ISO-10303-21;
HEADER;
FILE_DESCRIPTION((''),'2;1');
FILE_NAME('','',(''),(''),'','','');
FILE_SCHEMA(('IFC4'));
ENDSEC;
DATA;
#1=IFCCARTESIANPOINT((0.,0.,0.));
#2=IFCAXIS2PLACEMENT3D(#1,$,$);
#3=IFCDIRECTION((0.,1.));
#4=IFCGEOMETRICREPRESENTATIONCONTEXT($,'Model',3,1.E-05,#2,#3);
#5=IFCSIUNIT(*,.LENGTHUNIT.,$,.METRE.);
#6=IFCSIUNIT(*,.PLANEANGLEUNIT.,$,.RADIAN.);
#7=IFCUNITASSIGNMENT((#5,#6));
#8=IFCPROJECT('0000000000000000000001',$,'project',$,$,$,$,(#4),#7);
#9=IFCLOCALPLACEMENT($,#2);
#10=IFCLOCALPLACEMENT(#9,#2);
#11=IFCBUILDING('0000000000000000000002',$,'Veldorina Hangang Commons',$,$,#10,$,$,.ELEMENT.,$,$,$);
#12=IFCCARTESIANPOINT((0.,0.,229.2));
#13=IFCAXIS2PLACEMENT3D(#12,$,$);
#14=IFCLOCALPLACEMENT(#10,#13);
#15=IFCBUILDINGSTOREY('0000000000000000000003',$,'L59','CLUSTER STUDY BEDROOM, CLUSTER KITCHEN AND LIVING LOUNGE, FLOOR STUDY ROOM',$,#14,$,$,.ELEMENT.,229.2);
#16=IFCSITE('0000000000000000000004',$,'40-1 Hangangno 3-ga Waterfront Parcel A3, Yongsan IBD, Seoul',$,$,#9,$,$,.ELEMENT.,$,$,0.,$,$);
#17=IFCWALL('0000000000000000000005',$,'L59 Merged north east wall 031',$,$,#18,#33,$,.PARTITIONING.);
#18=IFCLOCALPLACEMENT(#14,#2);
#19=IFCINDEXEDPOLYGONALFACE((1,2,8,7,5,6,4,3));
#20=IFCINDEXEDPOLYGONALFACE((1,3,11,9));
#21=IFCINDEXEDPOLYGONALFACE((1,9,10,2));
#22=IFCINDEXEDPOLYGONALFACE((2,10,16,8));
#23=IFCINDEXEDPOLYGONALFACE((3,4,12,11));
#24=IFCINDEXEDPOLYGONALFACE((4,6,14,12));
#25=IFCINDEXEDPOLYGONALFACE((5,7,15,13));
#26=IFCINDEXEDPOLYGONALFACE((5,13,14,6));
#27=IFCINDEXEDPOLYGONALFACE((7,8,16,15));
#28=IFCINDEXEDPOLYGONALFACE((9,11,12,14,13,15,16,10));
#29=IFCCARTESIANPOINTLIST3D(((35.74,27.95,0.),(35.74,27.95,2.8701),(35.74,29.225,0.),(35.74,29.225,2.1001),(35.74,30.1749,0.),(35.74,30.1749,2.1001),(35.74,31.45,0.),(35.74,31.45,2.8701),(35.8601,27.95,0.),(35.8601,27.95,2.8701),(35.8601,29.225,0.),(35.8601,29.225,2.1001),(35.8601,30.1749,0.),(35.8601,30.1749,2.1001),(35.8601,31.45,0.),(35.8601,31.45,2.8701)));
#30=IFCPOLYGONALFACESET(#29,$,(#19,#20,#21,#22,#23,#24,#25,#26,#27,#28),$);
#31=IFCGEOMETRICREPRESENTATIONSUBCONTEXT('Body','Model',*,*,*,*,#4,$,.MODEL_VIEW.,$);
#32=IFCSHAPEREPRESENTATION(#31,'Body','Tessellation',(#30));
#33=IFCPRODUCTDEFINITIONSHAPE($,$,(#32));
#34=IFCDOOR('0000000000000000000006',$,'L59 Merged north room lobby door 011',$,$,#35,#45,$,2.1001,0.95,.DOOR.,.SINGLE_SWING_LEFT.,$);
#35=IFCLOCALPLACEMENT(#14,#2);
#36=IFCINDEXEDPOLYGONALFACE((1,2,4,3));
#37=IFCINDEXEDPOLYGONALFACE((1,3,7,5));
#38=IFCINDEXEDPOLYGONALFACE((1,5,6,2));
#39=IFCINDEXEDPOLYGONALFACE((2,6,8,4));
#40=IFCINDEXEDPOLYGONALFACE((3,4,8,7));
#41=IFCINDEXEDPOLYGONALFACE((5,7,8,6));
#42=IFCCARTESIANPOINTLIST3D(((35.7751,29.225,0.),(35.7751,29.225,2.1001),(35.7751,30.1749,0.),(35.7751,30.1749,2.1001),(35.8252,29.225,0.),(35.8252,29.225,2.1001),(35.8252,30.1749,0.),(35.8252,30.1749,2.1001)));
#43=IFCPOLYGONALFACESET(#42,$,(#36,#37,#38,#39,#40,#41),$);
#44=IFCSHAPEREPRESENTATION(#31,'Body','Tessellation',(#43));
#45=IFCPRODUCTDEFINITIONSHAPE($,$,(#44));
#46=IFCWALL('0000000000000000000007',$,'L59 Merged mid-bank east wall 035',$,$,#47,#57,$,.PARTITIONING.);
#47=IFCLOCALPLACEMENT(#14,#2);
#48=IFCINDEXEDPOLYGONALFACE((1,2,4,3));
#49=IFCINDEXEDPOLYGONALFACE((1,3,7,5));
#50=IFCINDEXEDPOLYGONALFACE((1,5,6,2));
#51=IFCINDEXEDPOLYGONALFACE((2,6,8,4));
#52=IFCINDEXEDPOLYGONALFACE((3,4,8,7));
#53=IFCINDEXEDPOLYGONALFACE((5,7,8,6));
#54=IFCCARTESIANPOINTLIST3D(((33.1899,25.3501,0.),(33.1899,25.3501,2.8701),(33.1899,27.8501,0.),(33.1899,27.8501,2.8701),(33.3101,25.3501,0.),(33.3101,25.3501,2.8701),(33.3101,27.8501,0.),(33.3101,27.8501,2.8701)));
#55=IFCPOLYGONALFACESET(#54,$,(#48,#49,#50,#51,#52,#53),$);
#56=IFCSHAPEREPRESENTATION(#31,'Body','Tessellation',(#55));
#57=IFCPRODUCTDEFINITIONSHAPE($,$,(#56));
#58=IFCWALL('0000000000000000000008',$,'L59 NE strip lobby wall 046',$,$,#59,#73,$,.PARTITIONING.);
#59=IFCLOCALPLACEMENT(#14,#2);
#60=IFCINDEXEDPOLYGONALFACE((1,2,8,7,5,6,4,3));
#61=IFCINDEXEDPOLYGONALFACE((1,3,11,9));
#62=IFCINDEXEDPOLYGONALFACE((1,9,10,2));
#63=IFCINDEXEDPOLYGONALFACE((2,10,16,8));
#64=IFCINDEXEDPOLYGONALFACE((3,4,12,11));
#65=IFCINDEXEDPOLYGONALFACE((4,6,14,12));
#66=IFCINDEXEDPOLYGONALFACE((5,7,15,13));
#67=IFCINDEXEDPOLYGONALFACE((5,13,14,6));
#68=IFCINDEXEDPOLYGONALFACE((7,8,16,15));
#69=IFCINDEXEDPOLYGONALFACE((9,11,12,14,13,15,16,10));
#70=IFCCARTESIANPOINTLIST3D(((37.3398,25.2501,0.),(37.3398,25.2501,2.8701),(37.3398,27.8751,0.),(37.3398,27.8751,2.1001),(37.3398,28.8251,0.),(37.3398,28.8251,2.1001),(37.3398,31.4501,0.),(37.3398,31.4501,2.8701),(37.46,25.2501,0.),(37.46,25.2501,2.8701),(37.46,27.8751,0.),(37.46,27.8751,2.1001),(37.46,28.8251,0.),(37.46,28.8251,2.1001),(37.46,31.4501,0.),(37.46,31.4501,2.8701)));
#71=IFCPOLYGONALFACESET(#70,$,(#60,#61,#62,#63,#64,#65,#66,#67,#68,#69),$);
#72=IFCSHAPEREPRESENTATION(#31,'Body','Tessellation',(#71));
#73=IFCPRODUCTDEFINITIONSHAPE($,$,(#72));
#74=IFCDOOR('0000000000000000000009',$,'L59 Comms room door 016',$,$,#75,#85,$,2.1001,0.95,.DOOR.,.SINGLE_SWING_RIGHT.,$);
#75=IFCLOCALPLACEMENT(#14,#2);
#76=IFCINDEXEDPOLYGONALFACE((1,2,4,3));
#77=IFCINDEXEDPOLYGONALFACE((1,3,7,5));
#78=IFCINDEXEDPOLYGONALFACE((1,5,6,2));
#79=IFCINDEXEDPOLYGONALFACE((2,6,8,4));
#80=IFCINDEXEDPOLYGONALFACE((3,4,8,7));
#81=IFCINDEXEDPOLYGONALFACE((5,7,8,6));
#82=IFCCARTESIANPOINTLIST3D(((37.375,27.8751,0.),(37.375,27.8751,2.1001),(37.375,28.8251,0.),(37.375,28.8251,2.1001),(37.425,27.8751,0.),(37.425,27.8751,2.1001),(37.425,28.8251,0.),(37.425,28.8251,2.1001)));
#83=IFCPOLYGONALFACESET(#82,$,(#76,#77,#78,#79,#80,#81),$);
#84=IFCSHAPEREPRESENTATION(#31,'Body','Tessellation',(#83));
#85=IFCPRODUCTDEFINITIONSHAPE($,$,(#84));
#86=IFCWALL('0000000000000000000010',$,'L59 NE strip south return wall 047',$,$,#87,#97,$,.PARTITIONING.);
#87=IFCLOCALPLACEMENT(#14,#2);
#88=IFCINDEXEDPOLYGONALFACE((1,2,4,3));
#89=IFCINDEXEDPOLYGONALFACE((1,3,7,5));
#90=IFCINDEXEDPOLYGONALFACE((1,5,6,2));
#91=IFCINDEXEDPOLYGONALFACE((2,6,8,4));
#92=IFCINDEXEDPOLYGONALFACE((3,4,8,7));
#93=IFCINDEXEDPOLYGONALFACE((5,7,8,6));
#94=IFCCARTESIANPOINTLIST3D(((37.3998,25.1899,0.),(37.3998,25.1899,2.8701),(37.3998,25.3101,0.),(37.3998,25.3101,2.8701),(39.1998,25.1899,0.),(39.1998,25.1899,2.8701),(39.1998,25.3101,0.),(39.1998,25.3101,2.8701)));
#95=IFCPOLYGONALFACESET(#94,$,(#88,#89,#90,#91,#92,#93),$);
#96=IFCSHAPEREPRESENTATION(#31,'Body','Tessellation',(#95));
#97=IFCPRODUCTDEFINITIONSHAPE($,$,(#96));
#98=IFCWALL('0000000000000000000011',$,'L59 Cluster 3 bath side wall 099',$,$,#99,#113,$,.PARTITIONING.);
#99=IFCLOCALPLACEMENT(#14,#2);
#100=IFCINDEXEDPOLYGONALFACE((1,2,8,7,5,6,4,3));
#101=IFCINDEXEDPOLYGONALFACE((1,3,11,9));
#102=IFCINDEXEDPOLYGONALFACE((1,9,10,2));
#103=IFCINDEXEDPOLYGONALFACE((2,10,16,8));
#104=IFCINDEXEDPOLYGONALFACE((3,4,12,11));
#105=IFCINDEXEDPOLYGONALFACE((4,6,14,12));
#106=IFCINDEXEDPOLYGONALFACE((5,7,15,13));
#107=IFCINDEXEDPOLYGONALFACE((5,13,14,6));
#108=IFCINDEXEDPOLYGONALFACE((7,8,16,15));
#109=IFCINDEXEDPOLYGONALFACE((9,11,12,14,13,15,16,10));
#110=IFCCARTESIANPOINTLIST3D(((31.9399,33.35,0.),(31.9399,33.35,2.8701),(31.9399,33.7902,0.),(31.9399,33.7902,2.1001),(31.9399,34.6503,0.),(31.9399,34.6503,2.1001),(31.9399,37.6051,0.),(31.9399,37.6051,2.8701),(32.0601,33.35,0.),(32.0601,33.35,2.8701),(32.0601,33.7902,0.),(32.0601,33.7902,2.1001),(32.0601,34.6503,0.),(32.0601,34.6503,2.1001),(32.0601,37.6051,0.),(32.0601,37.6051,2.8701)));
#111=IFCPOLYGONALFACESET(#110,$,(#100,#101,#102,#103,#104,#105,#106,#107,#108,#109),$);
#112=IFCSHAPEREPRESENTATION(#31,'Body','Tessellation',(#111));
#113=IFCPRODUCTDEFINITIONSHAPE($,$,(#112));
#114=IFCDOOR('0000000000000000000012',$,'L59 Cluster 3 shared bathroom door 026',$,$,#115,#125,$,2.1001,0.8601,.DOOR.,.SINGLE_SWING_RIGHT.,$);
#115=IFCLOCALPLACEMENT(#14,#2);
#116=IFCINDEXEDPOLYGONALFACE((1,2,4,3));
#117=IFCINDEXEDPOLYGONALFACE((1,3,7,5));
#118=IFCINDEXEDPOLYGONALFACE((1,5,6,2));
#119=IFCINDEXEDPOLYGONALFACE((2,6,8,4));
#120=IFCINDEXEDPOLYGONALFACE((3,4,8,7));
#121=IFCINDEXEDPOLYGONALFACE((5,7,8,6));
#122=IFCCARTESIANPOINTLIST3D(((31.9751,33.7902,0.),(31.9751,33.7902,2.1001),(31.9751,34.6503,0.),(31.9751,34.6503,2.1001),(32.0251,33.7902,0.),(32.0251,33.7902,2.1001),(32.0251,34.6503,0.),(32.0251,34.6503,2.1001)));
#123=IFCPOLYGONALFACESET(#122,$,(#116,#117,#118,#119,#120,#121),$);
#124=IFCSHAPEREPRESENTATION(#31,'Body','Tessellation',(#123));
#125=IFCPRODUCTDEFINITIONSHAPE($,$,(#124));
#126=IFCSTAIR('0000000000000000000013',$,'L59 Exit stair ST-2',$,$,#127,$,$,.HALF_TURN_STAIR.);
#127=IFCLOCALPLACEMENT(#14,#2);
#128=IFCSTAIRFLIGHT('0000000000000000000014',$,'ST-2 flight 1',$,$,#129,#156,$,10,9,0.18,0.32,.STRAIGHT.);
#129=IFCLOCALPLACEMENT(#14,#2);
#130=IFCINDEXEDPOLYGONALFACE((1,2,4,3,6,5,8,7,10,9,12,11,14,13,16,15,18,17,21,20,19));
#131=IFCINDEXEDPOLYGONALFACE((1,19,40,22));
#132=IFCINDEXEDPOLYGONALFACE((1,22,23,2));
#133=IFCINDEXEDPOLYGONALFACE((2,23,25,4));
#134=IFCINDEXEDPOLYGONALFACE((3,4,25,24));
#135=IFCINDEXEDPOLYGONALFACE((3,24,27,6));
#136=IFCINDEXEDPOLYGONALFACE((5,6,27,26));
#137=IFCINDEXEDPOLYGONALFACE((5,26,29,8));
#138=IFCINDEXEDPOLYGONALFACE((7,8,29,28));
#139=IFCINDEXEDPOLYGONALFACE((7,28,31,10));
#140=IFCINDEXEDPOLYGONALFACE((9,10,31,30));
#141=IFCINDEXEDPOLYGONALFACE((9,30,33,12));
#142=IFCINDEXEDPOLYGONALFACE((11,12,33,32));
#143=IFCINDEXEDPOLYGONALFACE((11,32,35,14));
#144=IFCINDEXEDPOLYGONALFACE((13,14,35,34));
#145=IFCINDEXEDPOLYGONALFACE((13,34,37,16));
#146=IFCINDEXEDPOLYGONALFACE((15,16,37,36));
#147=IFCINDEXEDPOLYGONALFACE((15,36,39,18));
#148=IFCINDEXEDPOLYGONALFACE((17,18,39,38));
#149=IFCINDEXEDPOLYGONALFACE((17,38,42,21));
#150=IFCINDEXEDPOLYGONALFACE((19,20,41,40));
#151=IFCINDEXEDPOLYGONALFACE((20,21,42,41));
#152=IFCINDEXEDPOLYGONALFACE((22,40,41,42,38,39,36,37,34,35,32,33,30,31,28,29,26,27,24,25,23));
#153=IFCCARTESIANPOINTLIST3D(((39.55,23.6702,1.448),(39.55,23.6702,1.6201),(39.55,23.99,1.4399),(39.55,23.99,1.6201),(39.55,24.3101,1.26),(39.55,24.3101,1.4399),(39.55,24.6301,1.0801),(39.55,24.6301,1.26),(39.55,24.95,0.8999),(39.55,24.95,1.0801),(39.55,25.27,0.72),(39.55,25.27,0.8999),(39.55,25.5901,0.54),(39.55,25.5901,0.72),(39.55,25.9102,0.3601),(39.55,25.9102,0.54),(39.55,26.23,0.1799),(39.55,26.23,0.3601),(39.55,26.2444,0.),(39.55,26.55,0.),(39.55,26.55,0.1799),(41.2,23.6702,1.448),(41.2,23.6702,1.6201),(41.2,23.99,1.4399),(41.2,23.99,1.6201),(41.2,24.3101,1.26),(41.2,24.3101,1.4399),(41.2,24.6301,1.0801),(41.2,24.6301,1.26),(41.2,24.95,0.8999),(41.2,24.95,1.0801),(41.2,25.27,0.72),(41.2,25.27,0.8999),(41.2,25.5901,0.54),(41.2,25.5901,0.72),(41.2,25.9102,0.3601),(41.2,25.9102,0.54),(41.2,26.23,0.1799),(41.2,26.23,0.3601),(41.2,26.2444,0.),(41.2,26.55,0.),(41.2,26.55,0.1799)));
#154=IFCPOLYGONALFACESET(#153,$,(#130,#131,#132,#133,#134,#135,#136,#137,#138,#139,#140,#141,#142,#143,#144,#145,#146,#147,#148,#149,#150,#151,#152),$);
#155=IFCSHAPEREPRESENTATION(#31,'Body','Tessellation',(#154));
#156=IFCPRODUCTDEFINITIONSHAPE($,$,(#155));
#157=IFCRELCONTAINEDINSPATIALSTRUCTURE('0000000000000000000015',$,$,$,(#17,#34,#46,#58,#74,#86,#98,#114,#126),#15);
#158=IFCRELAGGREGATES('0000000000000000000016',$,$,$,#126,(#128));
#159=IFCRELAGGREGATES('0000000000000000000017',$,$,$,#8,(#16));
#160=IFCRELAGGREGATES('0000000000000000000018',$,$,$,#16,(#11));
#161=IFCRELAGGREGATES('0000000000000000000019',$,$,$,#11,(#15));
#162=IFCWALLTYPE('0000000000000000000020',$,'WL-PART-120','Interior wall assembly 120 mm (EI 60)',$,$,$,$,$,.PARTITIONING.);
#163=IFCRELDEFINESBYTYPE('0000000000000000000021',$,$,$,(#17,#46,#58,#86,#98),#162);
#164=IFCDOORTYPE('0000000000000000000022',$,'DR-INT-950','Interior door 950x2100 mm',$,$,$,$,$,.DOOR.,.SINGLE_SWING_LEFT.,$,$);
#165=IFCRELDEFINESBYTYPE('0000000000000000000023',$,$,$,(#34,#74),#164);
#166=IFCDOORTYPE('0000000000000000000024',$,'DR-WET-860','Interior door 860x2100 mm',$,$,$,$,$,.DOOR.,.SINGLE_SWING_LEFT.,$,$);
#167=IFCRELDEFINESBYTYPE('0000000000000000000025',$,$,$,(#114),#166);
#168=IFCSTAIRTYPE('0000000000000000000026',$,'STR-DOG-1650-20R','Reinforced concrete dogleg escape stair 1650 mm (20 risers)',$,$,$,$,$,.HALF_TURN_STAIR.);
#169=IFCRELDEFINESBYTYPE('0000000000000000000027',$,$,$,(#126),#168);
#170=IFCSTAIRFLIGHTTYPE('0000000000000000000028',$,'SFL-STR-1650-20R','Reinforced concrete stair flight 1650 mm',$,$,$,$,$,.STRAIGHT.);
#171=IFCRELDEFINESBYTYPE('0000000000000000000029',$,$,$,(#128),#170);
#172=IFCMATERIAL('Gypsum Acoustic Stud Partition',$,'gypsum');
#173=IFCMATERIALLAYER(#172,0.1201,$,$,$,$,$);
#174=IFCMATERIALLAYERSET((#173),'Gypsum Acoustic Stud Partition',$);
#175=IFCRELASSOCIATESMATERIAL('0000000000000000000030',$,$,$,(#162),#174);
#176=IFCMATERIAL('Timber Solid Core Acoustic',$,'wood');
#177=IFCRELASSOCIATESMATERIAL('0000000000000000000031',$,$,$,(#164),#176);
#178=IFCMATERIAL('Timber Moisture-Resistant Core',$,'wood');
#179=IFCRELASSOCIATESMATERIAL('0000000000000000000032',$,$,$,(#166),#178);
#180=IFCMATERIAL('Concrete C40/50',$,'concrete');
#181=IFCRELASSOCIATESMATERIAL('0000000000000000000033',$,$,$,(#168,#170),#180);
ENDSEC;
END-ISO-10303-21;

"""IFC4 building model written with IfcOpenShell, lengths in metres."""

from ifc_helpers import new_model, si_unit, direction, frame, frame_2d, origin, place, context, subcontext, project, spatial, polyline, rectangle, outline, extrude, material, layer, layer_set, type_object, element, fill, aggregate, save


model = new_model("IFC4")

# Units and contexts
model_context = context("Model", 3, precision=1e-05, world=origin(), true_north=direction((0.0, 1.0)))
body_context = subcontext(model_context, "Body", "Model", "MODEL_VIEW")
ifc_project = project(units=[si_unit("LENGTHUNIT", "METRE"), si_unit("PLANEANGLEUNIT", "RADIAN")], contexts=[model_context])

# Site, building, storey
site_placement = place(None, origin())
site = spatial("IfcSite", under=ifc_project, at=site_placement, Name="40-1 Hangangno 3-ga Waterfront Parcel A3, Yongsan IBD, Seoul", CompositionType="ELEMENT", RefElevation=0.0)
building_placement = place(site_placement, origin())
building = spatial("IfcBuilding", under=site, at=building_placement, Name="Veldorina Hangang Commons", CompositionType="ELEMENT")
storey_placement = place(building_placement, frame((0.0, 0.0, 229.2)))
storey = spatial("IfcBuildingStorey", under=building, at=storey_placement, Name="L59", Description="CLUSTER STUDY BEDROOM, CLUSTER KITCHEN AND LIVING LOUNGE, FLOOR STUDY ROOM", CompositionType="ELEMENT", Elevation=229.2)

# Wall, opening, door
ifc_material_1 = material(Name="Gypsum Acoustic Stud Partition", Category="gypsum")
ifc_layer_1 = layer(ifc_material_1, 0.1201)
ifc_layer_set_1 = layer_set([ifc_layer_1], Name="Gypsum Acoustic Stud Partition")
wall_type_1 = type_object("IfcWallType", Name="WL-PART-120", Description="Interior wall assembly 120 mm (EI 60)", PredefinedType="PARTITIONING", material=ifc_layer_set_1)
wall_1_placement = place(storey_placement, frame((35.8, 27.95, 0.0), z_axis=(0.0, 0.0, 1.0), x_axis=(0.0, 1.0, 0.0)))
wall_1 = element("IfcWall", 1, at=wall_1_placement, inside=storey, type_object=wall_type_1, Name="L59 Merged north east wall 031", PredefinedType="PARTITIONING", context=body_context, shape_type="SweptSolid", body=[
    extrude(rectangle(XDim=3.5, YDim=0.1201, at=frame_2d((1.75, 0.0))), origin(), (0.0, 0.0, 1.0), 2.8701),
])
opening_1_placement = place(wall_1_placement, frame((1.2749, 0.0, 0.0)))
opening_1 = element("IfcOpeningElement", 2, at=opening_1_placement, cuts=wall_1, PredefinedType="OPENING", context=body_context, shape_type="SweptSolid", body=[
    extrude(rectangle(XDim=0.95, YDim=2.1001, at=frame_2d((0.4751, 1.05))), frame((0.0, 0.0701, 0.0), z_axis=(0.0, -1.0, 0.0), x_axis=(1.0, 0.0, 0.0)), (0.0, 0.0, 1.0), 0.1401),
])
ifc_material_2 = material(Name="Timber Solid Core Acoustic", Category="wood")
door_type_1 = type_object("IfcDoorType", Name="DR-INT-950", Description="Interior door 950x2100 mm", OperationType="SINGLE_SWING_LEFT", PredefinedType="DOOR", material=ifc_material_2)
door_1_placement = place(opening_1_placement, origin())
door_1 = element("IfcDoor", 3, at=door_1_placement, inside=storey, type_object=door_type_1, Name="L59 Merged north room lobby door 011", OperationType="SINGLE_SWING_LEFT", OverallHeight=2.1001, OverallWidth=0.95, PredefinedType="DOOR", context=body_context, shape_type="SweptSolid", body=[
    extrude(rectangle(XDim=0.95, YDim=2.1001, at=frame_2d((0.4751, 1.05))), frame((0.0, 0.0249, 0.0), z_axis=(0.0, -1.0, 0.0), x_axis=(1.0, 0.0, 0.0)), (0.0, 0.0, 1.0), 0.05),
])
fill(opening_1, door_1)

# Wall
wall_2_placement = place(storey_placement, frame((33.25, 25.3501, 0.0), z_axis=(0.0, 0.0, 1.0), x_axis=(0.0, 1.0, 0.0)))
element("IfcWall", 4, at=wall_2_placement, inside=storey, type_object=wall_type_1, Name="L59 Merged mid-bank east wall 035", PredefinedType="PARTITIONING", context=body_context, shape_type="SweptSolid", body=[
    extrude(rectangle(XDim=2.5, YDim=0.1201, at=frame_2d((1.25, 0.0))), origin(), (0.0, 0.0, 1.0), 2.8701),
])

# Wall, opening, door
wall_3_placement = place(storey_placement, frame((37.3999, 25.25, 0.0), z_axis=(0.0, 0.0, 1.0), x_axis=(0.0, 1.0, 0.0)))
wall_3 = element("IfcWall", 5, at=wall_3_placement, inside=storey, type_object=wall_type_1, Name="L59 NE strip lobby wall 046", PredefinedType="PARTITIONING", context=body_context, shape_type="SweptSolid", body=[
    extrude(rectangle(XDim=6.2, YDim=0.1201, at=frame_2d((3.1001, 0.0))), origin(), (0.0, 0.0, 1.0), 2.8701),
])
opening_2_placement = place(wall_3_placement, frame((2.625, 0.0, 0.0)))
opening_2 = element("IfcOpeningElement", 6, at=opening_2_placement, cuts=wall_3, PredefinedType="OPENING", context=body_context, shape_type="SweptSolid", body=[
    extrude(rectangle(XDim=0.95, YDim=2.1001, at=frame_2d((0.4751, 1.05))), frame((0.0, 0.0701, 0.0), z_axis=(0.0, -1.0, 0.0), x_axis=(1.0, 0.0, 0.0)), (0.0, 0.0, 1.0), 0.1401),
])
door_2_placement = place(opening_2_placement, origin())
door_2 = element("IfcDoor", 7, at=door_2_placement, inside=storey, type_object=door_type_1, Name="L59 Comms room door 016", OperationType="SINGLE_SWING_RIGHT", OverallHeight=2.1001, OverallWidth=0.95, PredefinedType="DOOR", context=body_context, shape_type="SweptSolid", body=[
    extrude(rectangle(XDim=0.95, YDim=2.1001, at=frame_2d((0.4751, 1.05))), frame((0.0, 0.0249, 0.0), z_axis=(0.0, -1.0, 0.0), x_axis=(1.0, 0.0, 0.0)), (0.0, 0.0, 1.0), 0.05),
])
fill(opening_2, door_2)

# Wall
wall_4_placement = place(storey_placement, frame((37.3999, 25.25, 0.0), z_axis=(0.0, 0.0, 1.0), x_axis=(1.0, 0.0, 0.0)))
element("IfcWall", 8, at=wall_4_placement, inside=storey, type_object=wall_type_1, Name="L59 NE strip south return wall 047", PredefinedType="PARTITIONING", context=body_context, shape_type="SweptSolid", body=[
    extrude(rectangle(XDim=1.8, YDim=0.1201, at=frame_2d((0.8999, 0.0))), origin(), (0.0, 0.0, 1.0), 2.8701),
])

# Wall, opening, door
wall_5_placement = place(storey_placement, frame((32.0, 33.3501, 0.0), z_axis=(0.0, 0.0, 1.0), x_axis=(0.0, 1.0, 0.0)))
wall_5 = element("IfcWall", 9, at=wall_5_placement, inside=storey, type_object=wall_type_1, Name="L59 Cluster 3 bath side wall 099", PredefinedType="PARTITIONING", context=body_context, shape_type="SweptSolid", body=[
    extrude(rectangle(XDim=4.2551, YDim=0.1201, at=frame_2d((2.1274, 0.0))), origin(), (0.0, 0.0, 1.0), 2.8701),
])
opening_3_placement = place(wall_5_placement, frame((0.4399, 0.0, 0.0)))
opening_3 = element("IfcOpeningElement", 10, at=opening_3_placement, cuts=wall_5, PredefinedType="OPENING", context=body_context, shape_type="SweptSolid", body=[
    extrude(rectangle(XDim=0.8601, YDim=2.1001, at=frame_2d((0.4302, 1.05))), frame((0.0, 0.0701, 0.0), z_axis=(0.0, -1.0, 0.0), x_axis=(1.0, 0.0, 0.0)), (0.0, 0.0, 1.0), 0.1401),
])
ifc_material_3 = material(Name="Timber Moisture-Resistant Core", Category="wood")
door_type_2 = type_object("IfcDoorType", Name="DR-WET-860", Description="Interior door 860x2100 mm", OperationType="SINGLE_SWING_LEFT", PredefinedType="DOOR", material=ifc_material_3)
door_3_placement = place(opening_3_placement, origin())
door_3 = element("IfcDoor", 11, at=door_3_placement, inside=storey, type_object=door_type_2, Name="L59 Cluster 3 shared bathroom door 026", OperationType="SINGLE_SWING_RIGHT", OverallHeight=2.1001, OverallWidth=0.8601, PredefinedType="DOOR", context=body_context, shape_type="SweptSolid", body=[
    extrude(rectangle(XDim=0.8601, YDim=2.1001, at=frame_2d((0.4302, 1.05))), frame((0.0, 0.0249, 0.0), z_axis=(0.0, -1.0, 0.0), x_axis=(1.0, 0.0, 0.0)), (0.0, 0.0, 1.0), 0.05),
])
fill(opening_3, door_3)

# Stair, stair flight
ifc_material_4 = material(Name="Concrete C40/50", Category="concrete")
stair_type = type_object("IfcStairType", Name="STR-DOG-1650-20R", Description="Reinforced concrete dogleg escape stair 1650 mm (20 risers)", PredefinedType="HALF_TURN_STAIR", material=ifc_material_4)
stair_placement = place(storey_placement, origin())
stair = element("IfcStair", 12, at=stair_placement, inside=storey, type_object=stair_type, Name="L59 Exit stair ST-2", PredefinedType="HALF_TURN_STAIR")
stair_flight_type = type_object("IfcStairFlightType", Name="SFL-STR-1650-20R", Description="Reinforced concrete stair flight 1650 mm", PredefinedType="STRAIGHT", material=ifc_material_4)
stair_flight_placement = place(storey_placement, frame((40.375, 26.55, 0.0), z_axis=(0.0, 0.0, 1.0), x_axis=(0.0, -1.0, 0.0)))
stair_flight = element("IfcStairFlight", 13, at=stair_flight_placement, type_object=stair_flight_type, Name="ST-2 flight 1", NumberOfRisers=10, NumberOfTreads=9, PredefinedType="STRAIGHT", RiserHeight=0.18, TreadLength=0.32, context=body_context, shape_type="SweptSolid", body=[
    extrude(outline(polyline([(0.0, 0.0), (0.0, 0.1799), (0.3201, 0.1799), (0.3201, 0.3601), (0.6399, 0.3601), (0.6399, 0.54), (0.96, 0.54), (0.96, 0.72), (1.28, 0.72), (1.28, 0.8999), (1.6001, 0.8999), (1.6001, 1.0801), (1.9199, 1.0801), (1.9199, 1.26), (2.24, 1.26), (2.24, 1.4399), (2.5601, 1.4399), (2.5601, 1.6201), (2.8799, 1.6201), (2.8799, 1.8), (2.8799, 1.448), (0.3057, 0.0), (0.0, 0.0)])), frame((0.0, 0.825, 0.0), z_axis=(0.0, -1.0, 0.0), x_axis=(1.0, 0.0, 0.0)), (0.0, 0.0, 1.0), 1.6499),
])
aggregate(stair, [stair_flight])

save(model, "model.ifc")
